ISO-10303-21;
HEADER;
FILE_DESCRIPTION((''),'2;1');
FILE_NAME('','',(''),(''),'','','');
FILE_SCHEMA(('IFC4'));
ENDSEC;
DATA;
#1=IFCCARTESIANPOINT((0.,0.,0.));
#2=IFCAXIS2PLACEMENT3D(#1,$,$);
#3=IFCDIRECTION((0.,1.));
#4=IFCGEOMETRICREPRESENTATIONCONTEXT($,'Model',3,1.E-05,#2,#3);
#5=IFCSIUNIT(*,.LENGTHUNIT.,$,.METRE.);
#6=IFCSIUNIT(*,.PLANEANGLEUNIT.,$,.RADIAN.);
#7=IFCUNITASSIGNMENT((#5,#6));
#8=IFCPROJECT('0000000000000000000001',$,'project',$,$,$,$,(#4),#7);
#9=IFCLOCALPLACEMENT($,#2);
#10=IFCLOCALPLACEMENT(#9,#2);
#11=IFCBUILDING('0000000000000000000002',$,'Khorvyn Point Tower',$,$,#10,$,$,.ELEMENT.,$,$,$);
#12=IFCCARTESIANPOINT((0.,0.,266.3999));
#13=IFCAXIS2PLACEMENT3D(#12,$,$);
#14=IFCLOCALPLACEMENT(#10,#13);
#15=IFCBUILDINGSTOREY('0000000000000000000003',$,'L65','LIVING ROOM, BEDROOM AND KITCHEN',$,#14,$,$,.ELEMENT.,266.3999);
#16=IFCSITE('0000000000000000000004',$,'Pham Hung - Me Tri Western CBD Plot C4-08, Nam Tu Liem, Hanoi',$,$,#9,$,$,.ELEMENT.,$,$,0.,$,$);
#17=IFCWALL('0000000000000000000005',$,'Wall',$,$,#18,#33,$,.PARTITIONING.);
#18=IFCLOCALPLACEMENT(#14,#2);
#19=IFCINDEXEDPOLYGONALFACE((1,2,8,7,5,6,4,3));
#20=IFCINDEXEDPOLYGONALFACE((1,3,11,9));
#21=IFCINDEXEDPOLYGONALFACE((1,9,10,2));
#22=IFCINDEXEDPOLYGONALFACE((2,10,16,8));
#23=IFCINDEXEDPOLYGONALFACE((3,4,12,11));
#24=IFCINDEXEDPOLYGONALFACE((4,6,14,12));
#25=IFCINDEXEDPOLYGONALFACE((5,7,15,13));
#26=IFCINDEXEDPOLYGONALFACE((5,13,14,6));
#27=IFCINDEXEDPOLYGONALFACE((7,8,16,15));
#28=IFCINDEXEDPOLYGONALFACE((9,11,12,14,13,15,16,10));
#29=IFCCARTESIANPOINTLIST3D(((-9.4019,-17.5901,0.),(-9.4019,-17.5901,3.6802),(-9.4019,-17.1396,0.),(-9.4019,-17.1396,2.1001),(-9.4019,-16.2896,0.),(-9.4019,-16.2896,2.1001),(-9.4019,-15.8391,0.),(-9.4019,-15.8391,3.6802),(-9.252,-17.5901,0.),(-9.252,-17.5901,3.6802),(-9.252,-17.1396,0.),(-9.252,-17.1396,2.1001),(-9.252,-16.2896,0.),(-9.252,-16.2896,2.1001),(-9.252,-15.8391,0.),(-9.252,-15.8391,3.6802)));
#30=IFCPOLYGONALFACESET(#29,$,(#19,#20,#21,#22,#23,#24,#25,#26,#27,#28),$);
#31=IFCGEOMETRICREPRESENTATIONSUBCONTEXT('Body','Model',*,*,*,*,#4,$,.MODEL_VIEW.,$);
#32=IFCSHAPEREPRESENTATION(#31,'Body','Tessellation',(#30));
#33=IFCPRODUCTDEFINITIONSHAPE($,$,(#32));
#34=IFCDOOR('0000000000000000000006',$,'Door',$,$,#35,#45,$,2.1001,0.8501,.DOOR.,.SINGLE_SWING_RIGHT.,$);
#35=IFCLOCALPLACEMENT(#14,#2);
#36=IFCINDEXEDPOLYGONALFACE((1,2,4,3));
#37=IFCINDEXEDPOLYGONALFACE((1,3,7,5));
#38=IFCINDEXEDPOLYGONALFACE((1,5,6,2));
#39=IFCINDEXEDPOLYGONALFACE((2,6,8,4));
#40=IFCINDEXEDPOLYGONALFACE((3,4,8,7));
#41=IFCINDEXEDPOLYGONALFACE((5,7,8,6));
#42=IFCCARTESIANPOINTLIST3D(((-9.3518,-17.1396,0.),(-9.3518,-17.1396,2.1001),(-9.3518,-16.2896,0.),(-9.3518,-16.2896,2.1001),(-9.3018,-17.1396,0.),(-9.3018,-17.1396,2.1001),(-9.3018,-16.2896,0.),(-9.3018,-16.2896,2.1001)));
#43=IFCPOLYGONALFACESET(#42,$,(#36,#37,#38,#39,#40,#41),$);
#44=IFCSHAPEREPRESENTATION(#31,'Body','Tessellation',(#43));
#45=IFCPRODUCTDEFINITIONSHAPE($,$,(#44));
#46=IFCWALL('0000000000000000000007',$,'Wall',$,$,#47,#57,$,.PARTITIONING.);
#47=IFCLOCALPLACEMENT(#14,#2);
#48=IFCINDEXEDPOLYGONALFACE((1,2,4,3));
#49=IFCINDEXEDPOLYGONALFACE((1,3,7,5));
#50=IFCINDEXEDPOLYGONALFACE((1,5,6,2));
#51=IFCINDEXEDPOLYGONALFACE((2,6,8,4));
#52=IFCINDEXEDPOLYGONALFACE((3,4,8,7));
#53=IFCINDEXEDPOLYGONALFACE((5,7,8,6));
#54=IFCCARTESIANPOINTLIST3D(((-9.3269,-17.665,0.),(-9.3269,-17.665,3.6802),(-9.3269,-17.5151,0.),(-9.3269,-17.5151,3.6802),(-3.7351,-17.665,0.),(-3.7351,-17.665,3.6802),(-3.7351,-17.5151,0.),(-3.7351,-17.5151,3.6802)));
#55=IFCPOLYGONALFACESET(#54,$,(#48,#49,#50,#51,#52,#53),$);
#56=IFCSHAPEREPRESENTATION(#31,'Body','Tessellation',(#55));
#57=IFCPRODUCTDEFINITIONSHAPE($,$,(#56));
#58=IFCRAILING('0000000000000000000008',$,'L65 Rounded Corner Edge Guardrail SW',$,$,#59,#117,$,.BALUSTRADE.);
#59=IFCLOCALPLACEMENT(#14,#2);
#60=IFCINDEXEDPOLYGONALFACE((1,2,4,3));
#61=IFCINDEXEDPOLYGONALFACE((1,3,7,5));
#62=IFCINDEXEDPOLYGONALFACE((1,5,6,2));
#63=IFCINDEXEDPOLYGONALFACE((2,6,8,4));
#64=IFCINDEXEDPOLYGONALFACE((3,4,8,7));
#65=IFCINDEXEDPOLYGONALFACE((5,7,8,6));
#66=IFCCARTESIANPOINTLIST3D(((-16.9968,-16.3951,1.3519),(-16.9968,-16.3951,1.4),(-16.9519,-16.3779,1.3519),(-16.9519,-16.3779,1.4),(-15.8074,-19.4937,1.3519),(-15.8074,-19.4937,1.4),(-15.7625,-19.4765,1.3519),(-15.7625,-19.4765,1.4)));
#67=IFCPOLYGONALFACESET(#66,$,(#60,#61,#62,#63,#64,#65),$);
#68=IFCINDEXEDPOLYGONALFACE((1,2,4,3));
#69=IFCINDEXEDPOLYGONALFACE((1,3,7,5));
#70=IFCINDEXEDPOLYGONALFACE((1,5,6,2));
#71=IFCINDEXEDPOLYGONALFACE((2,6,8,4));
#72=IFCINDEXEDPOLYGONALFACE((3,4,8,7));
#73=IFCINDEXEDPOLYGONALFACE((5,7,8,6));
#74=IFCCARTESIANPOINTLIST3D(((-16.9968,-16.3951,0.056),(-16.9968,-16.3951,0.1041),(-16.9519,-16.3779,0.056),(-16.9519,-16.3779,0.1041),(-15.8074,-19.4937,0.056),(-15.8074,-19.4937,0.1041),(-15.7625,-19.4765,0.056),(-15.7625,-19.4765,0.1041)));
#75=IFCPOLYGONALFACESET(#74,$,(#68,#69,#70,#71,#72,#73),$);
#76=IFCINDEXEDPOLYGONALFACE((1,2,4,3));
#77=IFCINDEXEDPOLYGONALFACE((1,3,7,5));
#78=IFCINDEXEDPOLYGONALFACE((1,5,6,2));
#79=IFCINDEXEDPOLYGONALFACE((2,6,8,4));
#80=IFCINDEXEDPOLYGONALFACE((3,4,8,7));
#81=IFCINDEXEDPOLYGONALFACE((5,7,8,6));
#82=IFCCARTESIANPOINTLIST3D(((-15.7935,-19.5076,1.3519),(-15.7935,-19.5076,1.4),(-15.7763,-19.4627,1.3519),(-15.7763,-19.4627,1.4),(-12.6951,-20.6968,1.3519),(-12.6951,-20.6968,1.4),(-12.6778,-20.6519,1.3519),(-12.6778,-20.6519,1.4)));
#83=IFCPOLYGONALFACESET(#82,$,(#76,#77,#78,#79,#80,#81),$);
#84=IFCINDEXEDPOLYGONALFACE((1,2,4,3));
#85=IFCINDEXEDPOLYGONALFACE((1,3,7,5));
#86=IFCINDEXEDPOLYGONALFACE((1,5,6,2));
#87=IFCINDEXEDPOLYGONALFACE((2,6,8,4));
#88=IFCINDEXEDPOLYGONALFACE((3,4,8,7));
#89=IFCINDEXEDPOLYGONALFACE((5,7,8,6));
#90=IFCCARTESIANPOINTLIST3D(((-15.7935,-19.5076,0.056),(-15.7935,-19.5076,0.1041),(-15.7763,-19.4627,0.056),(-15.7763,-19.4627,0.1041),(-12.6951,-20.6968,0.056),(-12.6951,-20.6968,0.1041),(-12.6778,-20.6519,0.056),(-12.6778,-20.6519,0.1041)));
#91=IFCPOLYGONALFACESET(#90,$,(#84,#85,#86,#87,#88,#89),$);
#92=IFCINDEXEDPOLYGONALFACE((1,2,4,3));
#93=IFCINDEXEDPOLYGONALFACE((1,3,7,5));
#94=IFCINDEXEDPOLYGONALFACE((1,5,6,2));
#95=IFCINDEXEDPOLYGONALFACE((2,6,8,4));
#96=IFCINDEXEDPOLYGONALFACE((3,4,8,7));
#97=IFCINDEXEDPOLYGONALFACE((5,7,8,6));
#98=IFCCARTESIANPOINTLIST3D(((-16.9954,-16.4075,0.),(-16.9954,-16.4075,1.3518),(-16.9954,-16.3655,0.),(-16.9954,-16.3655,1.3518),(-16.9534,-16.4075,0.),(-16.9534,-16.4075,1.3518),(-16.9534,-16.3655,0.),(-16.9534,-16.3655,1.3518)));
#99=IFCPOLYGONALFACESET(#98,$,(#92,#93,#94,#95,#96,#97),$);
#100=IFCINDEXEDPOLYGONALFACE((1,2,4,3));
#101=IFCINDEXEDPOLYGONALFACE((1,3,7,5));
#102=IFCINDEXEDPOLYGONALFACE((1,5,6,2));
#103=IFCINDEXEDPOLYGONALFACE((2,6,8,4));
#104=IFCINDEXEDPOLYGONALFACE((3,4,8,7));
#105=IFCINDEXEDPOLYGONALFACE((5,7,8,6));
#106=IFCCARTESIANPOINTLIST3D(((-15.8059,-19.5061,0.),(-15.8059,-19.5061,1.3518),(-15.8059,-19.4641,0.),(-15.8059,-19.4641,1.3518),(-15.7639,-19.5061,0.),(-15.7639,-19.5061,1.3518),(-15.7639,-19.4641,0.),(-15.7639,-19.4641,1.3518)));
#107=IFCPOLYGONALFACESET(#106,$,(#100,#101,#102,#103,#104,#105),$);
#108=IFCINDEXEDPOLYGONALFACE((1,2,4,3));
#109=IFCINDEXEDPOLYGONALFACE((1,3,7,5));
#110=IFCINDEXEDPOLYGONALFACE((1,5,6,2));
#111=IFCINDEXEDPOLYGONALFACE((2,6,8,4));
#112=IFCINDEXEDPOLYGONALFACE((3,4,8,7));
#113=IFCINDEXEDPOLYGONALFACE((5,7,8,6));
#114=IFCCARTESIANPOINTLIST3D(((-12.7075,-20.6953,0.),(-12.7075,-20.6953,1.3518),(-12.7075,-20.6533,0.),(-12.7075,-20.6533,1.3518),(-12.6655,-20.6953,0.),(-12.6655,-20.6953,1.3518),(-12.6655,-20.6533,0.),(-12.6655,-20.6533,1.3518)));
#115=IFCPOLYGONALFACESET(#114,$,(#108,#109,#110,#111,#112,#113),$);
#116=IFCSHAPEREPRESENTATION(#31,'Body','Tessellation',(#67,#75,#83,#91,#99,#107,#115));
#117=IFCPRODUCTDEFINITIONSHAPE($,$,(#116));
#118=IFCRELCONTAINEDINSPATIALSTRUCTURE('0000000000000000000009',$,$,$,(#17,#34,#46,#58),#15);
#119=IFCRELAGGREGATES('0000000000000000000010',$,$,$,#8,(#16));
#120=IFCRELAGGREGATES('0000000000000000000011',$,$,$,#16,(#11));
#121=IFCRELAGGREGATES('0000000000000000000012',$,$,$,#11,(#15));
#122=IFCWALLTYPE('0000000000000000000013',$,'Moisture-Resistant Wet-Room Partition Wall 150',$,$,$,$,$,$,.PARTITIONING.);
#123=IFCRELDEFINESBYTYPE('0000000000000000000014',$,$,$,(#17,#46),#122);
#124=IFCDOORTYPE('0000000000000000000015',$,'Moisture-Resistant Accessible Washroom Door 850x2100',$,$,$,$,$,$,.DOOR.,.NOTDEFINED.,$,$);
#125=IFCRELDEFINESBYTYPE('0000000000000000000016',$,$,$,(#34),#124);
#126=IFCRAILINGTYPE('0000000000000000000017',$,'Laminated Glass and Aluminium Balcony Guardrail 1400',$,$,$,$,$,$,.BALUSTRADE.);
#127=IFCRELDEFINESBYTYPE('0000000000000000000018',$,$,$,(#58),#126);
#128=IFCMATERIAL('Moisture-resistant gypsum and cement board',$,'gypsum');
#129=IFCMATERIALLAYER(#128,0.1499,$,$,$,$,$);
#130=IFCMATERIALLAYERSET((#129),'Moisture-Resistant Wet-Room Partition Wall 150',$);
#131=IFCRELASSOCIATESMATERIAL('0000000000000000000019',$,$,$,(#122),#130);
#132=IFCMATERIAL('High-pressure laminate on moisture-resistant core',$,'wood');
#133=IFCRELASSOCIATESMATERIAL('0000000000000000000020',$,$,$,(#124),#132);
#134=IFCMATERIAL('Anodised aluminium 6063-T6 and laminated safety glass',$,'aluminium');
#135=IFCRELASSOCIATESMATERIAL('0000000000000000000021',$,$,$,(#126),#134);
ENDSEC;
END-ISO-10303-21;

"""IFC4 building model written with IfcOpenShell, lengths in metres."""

from ifc_helpers import new_model, si_unit, direction, frame, frame_2d, origin, origin_2d, place, context, subcontext, project, spatial, rectangle, extrude, material, layer, layer_set, type_object, element, fill, save


model = new_model("IFC4")

# Units and contexts
model_context = context("Model", 3, precision=1e-05, world=origin(), true_north=direction((0.0, 1.0)))
body_context = subcontext(model_context, "Body", "Model", "MODEL_VIEW")
ifc_project = project(units=[si_unit("LENGTHUNIT", "METRE"), si_unit("PLANEANGLEUNIT", "RADIAN")], contexts=[model_context])

# Site, building, storey
site_placement = place(None, origin())
site = spatial("IfcSite", under=ifc_project, at=site_placement, Name="Pham Hung - Me Tri Western CBD Plot C4-08, Nam Tu Liem, Hanoi", CompositionType="ELEMENT", RefElevation=0.0)
building_placement = place(site_placement, origin())
building = spatial("IfcBuilding", under=site, at=building_placement, Name="Khorvyn Point Tower", CompositionType="ELEMENT")
storey_placement = place(building_placement, frame((0.0, 0.0, 266.3999)))
storey = spatial("IfcBuildingStorey", under=building, at=storey_placement, Name="L65", Description="LIVING ROOM, BEDROOM AND KITCHEN", CompositionType="ELEMENT", Elevation=266.3999)

# Wall, opening, door
ifc_material_1 = material(Name="Moisture-resistant gypsum and cement board", Category="gypsum")
ifc_layer_1 = layer(ifc_material_1, 0.1499)
ifc_layer_set_1 = layer_set([ifc_layer_1], Name="Moisture-Resistant Wet-Room Partition Wall 150")
wall_type_1 = type_object("IfcWallType", Name="Moisture-Resistant Wet-Room Partition Wall 150", PredefinedType="PARTITIONING", material=ifc_layer_set_1)
wall_1_placement = place(storey_placement, frame((-9.3269, -17.5901, 0.0), z_axis=(0.0, 0.0, 1.0), x_axis=(0.0, 1.0, 0.0)))
wall_1 = element("IfcWall", 1, at=wall_1_placement, inside=storey, type_object=wall_type_1, Name="Wall", PredefinedType="PARTITIONING", context=body_context, shape_type="SweptSolid", body=[
    extrude(rectangle(XDim=1.751, YDim=0.1499, at=frame_2d((0.8755, 0.0))), origin(), (0.0, 0.0, 1.0), 3.6802),
])
opening_1_placement = place(wall_1_placement, frame((0.4504, 0.0, 0.0)))
opening_1 = element("IfcOpeningElement", 2, at=opening_1_placement, cuts=wall_1, PredefinedType="OPENING", context=body_context, shape_type="SweptSolid", body=[
    extrude(rectangle(XDim=0.8501, YDim=2.1001, at=frame_2d((0.425, 1.05))), frame((0.0, 0.085, 0.0), z_axis=(0.0, -1.0, 0.0), x_axis=(1.0, 0.0, 0.0)), (0.0, 0.0, 1.0), 0.1699),
])
ifc_material_2 = material(Name="High-pressure laminate on moisture-resistant core", Category="wood")
door_type_1 = type_object("IfcDoorType", Name="Moisture-Resistant Accessible Washroom Door 850x2100", OperationType="NOTDEFINED", PredefinedType="DOOR", material=ifc_material_2)
door_1_placement = place(opening_1_placement, origin())
door_1 = element("IfcDoor", 3, at=door_1_placement, inside=storey, type_object=door_type_1, Name="Door", OperationType="SINGLE_SWING_RIGHT", OverallHeight=2.1001, OverallWidth=0.8501, PredefinedType="DOOR", context=body_context, shape_type="SweptSolid", body=[
    extrude(rectangle(XDim=0.8501, YDim=2.1001, at=frame_2d((0.425, 1.05))), frame((0.0, 0.0249, 0.0), z_axis=(0.0, -1.0, 0.0), x_axis=(1.0, 0.0, 0.0)), (0.0, 0.0, 1.0), 0.05),
])
fill(opening_1, door_1)

# Wall
wall_2_placement = place(storey_placement, frame((-9.3269, -17.5901, 0.0), z_axis=(0.0, 0.0, 1.0), x_axis=(1.0, 0.0, 0.0)))
element("IfcWall", 4, at=wall_2_placement, inside=storey, type_object=wall_type_1, Name="Wall", PredefinedType="PARTITIONING", context=body_context, shape_type="SweptSolid", body=[
    extrude(rectangle(XDim=5.5918, YDim=0.1499, at=frame_2d((2.7959, 0.0))), origin(), (0.0, 0.0, 1.0), 3.6802),
])

# Railing
ifc_material_3 = material(Name="Anodised aluminium 6063-T6 and laminated safety glass", Category="aluminium")
railing_type = type_object("IfcRailingType", Name="Laminated Glass and Aluminium Balcony Guardrail 1400", PredefinedType="BALUSTRADE", material=ifc_material_3)
railing_1_placement = place(storey_placement, frame((-16.9744, -16.3865, 0.0)))
element("IfcRailing", 5, at=railing_1_placement, inside=storey, type_object=railing_type, Name="L65 Rounded Corner Edge Guardrail SW", PredefinedType="BALUSTRADE", context=body_context, shape_type="SweptSolid", body=[
    extrude(rectangle(XDim=0.0481, YDim=0.0481, at=origin_2d()), frame((0.0, 0.0, 1.376), z_axis=(0.358368, -0.93358, 0.0), x_axis=(0.93358, 0.358368, 0.0)), (0.0, 0.0, 1.0), 3.3191),
    extrude(rectangle(XDim=0.0481, YDim=0.0481, at=origin_2d()), frame((0.0, 0.0, 0.0801), z_axis=(0.358368, -0.93358, 0.0), x_axis=(0.93358, 0.358368, 0.0)), (0.0, 0.0, 1.0), 3.3191),
    extrude(rectangle(XDim=0.0481, YDim=0.0481, at=origin_2d()), frame((1.1895, -3.0986, 1.376), z_axis=(0.933596, -0.358328, 0.0), x_axis=(0.358328, 0.933596, 0.0)), (0.0, 0.0, 1.0), 3.3188),
    extrude(rectangle(XDim=0.0481, YDim=0.0481, at=origin_2d()), frame((1.1895, -3.0986, 0.0801), z_axis=(0.933596, -0.358328, 0.0), x_axis=(0.358328, 0.933596, 0.0)), (0.0, 0.0, 1.0), 3.3188),
    extrude(rectangle(XDim=0.042, YDim=0.042, at=origin_2d()), origin(), (0.0, 0.0, 1.0), 1.3518),
    extrude(rectangle(XDim=0.042, YDim=0.042, at=origin_2d()), frame((1.1895, -3.0986, 0.0)), (0.0, 0.0, 1.0), 1.3518),
    extrude(rectangle(XDim=0.042, YDim=0.042, at=origin_2d()), frame((4.2878, -4.2878, 0.0)), (0.0, 0.0, 1.0), 1.3518),
])

save(model, "model.ifc")
